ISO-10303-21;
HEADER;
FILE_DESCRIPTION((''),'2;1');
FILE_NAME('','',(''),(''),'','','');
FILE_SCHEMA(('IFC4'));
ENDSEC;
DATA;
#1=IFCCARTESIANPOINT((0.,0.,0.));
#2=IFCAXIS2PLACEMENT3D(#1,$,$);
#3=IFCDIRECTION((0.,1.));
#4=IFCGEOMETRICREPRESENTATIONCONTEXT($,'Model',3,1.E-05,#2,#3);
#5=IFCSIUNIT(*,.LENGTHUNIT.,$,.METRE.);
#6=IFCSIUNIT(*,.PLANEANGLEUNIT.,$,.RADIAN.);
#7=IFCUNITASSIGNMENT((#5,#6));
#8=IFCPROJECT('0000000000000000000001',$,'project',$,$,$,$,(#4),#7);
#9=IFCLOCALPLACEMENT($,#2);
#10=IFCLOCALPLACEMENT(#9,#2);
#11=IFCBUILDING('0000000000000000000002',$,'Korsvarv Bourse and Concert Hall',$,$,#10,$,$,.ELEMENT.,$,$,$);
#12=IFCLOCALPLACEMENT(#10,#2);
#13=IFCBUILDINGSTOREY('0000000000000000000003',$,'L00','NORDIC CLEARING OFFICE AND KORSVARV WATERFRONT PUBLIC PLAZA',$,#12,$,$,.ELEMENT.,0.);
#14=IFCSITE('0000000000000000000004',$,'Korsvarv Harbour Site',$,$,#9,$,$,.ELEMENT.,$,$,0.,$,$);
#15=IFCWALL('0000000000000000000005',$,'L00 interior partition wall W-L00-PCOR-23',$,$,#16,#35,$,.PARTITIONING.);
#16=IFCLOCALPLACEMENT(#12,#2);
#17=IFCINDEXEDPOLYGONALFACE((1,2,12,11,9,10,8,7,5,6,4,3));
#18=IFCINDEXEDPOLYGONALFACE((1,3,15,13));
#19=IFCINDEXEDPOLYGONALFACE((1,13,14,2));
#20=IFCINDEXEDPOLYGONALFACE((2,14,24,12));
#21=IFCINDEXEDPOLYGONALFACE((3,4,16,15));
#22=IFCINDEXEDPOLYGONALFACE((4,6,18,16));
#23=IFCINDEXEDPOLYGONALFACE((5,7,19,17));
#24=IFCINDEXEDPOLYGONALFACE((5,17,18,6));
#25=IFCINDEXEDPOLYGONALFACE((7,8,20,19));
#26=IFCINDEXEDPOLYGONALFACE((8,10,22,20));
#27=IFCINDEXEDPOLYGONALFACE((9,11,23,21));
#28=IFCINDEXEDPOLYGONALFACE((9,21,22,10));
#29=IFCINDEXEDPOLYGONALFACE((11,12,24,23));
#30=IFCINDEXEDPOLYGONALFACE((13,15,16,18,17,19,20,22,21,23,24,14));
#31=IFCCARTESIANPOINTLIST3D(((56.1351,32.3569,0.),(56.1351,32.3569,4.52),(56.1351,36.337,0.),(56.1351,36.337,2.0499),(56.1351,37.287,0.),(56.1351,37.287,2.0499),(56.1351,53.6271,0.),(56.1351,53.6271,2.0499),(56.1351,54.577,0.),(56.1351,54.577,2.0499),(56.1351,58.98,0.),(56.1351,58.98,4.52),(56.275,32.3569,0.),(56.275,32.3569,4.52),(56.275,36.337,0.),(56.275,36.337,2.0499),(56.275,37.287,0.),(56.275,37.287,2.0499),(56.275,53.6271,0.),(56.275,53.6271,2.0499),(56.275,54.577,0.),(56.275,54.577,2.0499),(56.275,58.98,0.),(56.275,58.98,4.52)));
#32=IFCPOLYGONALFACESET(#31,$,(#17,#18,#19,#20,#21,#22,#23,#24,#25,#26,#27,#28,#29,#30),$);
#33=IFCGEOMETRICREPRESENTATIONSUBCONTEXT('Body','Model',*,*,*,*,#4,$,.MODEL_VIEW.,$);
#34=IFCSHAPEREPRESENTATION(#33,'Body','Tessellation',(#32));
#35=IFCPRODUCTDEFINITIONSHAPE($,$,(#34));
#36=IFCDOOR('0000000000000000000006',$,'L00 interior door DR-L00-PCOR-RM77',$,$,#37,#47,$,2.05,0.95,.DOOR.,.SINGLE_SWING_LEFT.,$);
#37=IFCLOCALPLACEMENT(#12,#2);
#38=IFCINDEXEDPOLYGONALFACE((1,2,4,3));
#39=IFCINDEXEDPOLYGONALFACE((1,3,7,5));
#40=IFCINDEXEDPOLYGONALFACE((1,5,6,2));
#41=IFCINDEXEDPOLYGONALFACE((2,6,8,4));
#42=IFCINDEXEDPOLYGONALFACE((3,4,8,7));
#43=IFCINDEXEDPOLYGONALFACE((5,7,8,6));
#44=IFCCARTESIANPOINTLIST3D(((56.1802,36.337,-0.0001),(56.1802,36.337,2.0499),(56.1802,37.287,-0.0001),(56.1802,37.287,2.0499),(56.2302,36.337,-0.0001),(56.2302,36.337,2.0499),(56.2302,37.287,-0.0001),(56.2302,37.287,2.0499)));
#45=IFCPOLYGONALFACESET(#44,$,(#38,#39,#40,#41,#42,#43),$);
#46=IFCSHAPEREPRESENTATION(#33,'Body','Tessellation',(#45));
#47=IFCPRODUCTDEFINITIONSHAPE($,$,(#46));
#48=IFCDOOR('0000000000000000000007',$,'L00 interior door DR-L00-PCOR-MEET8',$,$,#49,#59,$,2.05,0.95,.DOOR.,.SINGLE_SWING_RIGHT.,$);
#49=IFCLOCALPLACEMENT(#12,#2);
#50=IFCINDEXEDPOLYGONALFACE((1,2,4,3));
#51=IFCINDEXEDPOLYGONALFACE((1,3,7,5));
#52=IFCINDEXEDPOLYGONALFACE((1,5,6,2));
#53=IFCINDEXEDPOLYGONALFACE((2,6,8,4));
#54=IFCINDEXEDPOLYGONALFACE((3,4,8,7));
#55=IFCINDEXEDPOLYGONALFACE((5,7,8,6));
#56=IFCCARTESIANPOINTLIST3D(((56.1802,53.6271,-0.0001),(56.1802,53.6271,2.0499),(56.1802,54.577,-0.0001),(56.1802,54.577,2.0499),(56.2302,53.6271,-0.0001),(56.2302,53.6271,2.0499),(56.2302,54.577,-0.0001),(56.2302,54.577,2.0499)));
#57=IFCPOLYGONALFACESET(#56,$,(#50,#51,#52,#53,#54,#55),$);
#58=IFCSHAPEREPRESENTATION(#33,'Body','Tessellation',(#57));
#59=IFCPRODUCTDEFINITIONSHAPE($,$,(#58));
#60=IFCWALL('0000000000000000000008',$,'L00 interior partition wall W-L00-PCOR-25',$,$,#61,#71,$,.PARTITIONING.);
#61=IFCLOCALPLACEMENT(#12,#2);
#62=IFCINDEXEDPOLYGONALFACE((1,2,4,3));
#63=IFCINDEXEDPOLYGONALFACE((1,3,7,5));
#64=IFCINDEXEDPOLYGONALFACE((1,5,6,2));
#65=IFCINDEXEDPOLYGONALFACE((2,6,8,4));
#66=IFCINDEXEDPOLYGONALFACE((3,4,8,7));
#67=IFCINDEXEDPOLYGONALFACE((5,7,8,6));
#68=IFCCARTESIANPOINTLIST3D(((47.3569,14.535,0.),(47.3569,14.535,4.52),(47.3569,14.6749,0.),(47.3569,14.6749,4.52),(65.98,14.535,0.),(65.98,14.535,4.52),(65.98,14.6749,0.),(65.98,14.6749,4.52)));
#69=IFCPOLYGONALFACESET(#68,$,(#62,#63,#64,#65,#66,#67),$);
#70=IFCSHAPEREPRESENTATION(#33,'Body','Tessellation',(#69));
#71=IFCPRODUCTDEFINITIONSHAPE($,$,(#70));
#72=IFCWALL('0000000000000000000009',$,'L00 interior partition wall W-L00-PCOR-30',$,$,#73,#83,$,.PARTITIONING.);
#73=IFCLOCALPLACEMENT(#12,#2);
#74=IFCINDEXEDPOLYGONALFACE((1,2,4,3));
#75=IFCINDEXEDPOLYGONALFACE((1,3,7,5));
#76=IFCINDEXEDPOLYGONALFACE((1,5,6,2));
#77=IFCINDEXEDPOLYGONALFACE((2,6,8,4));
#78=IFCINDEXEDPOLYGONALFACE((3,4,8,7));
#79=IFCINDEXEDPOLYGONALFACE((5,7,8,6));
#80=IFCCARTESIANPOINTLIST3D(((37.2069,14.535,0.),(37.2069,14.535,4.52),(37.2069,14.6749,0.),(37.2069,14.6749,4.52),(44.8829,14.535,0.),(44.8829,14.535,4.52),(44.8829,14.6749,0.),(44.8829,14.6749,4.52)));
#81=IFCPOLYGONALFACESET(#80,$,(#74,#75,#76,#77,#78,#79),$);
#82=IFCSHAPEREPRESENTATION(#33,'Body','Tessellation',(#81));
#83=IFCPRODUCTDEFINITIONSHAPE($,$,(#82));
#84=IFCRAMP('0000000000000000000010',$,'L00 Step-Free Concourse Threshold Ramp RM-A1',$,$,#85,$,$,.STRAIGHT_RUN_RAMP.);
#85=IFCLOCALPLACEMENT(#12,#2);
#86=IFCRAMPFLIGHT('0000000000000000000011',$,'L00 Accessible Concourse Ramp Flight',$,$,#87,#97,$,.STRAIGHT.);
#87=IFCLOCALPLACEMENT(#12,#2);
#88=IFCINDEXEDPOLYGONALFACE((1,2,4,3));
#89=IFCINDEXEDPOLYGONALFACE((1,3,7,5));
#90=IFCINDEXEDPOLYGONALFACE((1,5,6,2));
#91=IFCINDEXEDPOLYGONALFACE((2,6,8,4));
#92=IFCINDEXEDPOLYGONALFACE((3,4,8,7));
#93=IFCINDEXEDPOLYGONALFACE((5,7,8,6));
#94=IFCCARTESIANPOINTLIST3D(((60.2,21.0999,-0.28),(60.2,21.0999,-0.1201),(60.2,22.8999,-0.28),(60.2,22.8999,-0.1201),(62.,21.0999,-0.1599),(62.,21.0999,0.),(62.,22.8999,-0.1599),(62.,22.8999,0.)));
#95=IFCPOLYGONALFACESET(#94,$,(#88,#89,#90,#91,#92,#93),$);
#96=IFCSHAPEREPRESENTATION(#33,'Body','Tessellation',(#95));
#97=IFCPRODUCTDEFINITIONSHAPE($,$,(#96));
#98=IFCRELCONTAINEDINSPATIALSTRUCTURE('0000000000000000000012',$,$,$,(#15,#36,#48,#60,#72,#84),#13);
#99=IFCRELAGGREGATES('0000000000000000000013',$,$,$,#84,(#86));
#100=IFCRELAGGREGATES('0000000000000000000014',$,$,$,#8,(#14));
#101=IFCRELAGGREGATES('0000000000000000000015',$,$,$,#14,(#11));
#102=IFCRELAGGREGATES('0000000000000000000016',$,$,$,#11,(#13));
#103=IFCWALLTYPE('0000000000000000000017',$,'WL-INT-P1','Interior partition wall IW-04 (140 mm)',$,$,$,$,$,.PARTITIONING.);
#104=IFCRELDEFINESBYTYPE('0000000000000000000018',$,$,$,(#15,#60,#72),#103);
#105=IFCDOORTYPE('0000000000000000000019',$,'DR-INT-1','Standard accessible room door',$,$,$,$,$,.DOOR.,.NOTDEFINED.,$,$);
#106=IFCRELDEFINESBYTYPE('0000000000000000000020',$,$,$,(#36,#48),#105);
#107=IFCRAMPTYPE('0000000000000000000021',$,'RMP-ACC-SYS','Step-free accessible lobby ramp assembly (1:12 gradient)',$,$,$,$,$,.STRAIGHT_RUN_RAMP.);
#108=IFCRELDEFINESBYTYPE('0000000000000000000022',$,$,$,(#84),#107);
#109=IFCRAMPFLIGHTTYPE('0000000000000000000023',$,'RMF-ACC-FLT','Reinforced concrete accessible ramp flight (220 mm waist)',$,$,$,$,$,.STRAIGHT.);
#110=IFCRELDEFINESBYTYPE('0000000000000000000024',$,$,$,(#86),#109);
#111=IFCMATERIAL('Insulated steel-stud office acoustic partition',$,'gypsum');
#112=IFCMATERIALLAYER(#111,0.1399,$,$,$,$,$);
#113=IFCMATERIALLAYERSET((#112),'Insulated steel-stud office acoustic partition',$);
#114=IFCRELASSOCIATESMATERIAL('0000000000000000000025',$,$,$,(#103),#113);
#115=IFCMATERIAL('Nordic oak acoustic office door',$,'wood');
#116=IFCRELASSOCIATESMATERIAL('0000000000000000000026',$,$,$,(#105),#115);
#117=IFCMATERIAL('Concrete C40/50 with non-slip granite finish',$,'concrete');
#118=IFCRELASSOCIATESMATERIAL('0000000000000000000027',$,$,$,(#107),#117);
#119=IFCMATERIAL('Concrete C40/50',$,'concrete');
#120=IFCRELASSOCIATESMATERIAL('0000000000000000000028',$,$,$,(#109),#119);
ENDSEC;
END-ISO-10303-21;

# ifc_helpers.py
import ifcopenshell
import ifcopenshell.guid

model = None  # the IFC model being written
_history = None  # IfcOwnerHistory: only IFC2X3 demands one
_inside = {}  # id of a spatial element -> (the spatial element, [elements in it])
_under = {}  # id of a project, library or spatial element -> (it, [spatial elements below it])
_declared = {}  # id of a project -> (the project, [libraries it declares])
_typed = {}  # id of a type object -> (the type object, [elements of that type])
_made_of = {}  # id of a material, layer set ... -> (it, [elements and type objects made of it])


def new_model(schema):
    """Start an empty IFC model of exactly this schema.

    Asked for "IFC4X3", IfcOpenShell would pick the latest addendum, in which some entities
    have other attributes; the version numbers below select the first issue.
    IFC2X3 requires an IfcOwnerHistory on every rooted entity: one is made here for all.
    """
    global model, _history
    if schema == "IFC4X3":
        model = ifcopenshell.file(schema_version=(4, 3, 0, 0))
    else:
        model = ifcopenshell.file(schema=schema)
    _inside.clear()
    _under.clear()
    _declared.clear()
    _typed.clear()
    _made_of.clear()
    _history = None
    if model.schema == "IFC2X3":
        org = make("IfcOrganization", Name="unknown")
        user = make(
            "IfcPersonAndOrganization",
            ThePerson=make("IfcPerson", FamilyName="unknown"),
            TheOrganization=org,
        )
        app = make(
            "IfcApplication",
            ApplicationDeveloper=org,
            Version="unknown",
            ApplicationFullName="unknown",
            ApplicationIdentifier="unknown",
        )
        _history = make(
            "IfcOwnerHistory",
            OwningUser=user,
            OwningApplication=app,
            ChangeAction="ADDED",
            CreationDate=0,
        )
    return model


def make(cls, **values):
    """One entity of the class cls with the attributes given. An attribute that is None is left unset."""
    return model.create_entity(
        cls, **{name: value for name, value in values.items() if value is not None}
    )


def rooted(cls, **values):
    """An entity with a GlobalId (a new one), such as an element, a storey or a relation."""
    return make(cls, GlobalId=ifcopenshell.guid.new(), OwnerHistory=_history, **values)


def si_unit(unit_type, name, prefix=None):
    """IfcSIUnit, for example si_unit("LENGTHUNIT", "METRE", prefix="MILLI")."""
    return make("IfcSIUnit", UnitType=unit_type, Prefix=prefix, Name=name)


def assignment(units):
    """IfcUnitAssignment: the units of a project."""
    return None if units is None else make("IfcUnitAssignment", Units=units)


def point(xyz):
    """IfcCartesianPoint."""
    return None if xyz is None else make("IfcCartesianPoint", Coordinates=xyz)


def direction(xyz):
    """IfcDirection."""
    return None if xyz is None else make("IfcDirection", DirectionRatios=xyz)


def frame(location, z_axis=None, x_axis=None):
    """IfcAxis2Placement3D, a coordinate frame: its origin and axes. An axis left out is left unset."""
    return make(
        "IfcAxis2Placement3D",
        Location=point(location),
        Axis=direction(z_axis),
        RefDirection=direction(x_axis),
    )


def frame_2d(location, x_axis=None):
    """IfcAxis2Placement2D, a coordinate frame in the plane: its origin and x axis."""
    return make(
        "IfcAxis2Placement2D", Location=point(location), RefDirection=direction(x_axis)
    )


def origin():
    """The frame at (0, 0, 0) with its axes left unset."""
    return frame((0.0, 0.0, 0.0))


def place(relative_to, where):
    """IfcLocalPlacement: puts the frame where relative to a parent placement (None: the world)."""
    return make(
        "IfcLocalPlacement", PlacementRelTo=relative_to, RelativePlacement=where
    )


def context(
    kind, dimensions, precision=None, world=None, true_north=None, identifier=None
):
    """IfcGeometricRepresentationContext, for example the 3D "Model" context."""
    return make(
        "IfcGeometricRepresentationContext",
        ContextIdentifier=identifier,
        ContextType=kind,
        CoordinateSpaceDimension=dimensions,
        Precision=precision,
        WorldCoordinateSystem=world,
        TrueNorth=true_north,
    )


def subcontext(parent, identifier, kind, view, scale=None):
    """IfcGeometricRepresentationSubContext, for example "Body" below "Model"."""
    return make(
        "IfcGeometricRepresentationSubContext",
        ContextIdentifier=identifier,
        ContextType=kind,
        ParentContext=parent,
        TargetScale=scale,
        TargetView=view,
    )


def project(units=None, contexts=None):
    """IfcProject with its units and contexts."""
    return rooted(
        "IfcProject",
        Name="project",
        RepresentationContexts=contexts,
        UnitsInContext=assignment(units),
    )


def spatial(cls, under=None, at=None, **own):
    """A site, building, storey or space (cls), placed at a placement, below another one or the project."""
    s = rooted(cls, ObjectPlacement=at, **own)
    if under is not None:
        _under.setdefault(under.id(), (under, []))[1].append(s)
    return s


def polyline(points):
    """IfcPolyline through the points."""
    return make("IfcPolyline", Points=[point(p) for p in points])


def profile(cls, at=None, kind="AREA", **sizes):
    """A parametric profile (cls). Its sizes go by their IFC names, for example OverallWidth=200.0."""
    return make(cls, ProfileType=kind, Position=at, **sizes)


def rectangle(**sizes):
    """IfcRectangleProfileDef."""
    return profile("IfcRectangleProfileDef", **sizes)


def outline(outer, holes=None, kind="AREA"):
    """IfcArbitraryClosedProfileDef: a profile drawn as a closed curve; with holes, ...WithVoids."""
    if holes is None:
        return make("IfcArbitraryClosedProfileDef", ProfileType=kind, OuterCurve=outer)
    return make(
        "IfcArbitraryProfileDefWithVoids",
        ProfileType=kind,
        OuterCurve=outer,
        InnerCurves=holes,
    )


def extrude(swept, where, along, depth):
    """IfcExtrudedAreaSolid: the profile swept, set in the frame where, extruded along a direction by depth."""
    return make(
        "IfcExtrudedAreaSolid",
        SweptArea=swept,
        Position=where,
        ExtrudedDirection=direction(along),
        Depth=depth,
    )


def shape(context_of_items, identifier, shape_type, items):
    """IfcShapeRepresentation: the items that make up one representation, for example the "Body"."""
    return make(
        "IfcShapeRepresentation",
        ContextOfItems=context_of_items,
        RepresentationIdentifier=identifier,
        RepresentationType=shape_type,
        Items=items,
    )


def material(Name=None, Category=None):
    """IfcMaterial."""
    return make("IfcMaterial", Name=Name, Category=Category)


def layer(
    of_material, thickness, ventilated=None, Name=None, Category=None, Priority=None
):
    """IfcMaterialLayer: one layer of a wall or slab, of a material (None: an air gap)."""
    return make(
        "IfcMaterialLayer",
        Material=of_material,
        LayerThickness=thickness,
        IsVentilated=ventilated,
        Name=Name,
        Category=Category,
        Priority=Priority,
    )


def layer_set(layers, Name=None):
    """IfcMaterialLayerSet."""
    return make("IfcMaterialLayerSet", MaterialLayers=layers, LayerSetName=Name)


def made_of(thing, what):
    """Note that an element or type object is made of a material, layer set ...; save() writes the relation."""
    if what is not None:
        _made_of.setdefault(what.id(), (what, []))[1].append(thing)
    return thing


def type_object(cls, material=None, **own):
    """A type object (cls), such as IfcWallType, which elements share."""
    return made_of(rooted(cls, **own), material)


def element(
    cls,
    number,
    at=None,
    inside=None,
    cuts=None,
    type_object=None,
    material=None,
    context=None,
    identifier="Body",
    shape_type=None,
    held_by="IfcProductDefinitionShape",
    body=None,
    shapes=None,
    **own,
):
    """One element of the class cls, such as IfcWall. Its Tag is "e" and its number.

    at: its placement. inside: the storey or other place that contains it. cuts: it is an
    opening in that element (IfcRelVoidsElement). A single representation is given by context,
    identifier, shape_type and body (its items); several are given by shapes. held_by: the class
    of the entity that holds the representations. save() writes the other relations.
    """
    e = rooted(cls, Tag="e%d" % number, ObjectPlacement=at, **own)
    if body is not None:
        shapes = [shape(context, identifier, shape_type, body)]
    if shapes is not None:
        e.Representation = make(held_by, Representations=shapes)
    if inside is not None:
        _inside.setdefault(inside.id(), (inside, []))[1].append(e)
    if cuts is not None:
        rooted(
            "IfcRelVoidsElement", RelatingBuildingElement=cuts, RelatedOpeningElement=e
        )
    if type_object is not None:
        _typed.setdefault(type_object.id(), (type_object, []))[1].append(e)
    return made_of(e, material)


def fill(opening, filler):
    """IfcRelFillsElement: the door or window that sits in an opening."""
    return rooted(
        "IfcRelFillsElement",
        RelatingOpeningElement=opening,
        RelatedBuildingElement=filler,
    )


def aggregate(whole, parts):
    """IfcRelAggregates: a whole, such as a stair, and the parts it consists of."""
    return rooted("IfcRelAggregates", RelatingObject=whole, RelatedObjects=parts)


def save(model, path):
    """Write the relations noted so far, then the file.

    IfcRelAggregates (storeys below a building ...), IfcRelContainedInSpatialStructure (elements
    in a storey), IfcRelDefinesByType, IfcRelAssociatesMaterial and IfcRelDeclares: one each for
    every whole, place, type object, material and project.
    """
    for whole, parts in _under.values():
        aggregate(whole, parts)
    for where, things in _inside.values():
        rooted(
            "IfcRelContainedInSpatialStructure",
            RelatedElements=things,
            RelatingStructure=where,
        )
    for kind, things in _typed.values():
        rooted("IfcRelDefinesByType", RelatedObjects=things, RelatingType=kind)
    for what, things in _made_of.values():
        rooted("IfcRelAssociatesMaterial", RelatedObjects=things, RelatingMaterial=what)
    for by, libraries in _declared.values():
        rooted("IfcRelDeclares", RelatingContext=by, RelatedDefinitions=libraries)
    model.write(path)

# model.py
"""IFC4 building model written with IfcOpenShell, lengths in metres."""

from ifc_helpers import new_model, si_unit, direction, frame, frame_2d, origin, place, context, subcontext, project, spatial, polyline, rectangle, outline, extrude, material, layer, layer_set, type_object, element, fill, aggregate, save


model = new_model("IFC4")

# Units and contexts
model_context = context("Model", 3, precision=1e-05, world=origin(), true_north=direction((0.0, 1.0)))
body_context = subcontext(model_context, "Body", "Model", "MODEL_VIEW")
ifc_project = project(units=[si_unit("LENGTHUNIT", "METRE"), si_unit("PLANEANGLEUNIT", "RADIAN")], contexts=[model_context])

# Site, building, storey
site_placement = place(None, origin())
site = spatial("IfcSite", under=ifc_project, at=site_placement, Name="Korsvarv Harbour Site", CompositionType="ELEMENT", RefElevation=0.0)
building_placement = place(site_placement, origin())
building = spatial("IfcBuilding", under=site, at=building_placement, Name="Korsvarv Bourse and Concert Hall", CompositionType="ELEMENT")
storey_placement = place(building_placement, origin())
storey = spatial("IfcBuildingStorey", under=building, at=storey_placement, Name="L00", Description="NORDIC CLEARING OFFICE AND KORSVARV WATERFRONT PUBLIC PLAZA", CompositionType="ELEMENT", Elevation=0.0)

# Wall, openings, doors
ifc_material_1 = material(Name="Insulated steel-stud office acoustic partition", Category="gypsum")
ifc_layer_1 = layer(ifc_material_1, 0.1399)
ifc_layer_set_1 = layer_set([ifc_layer_1], Name="Insulated steel-stud office acoustic partition")
wall_type_1 = type_object("IfcWallType", Name="WL-INT-P1", Description="Interior partition wall IW-04 (140 mm)", PredefinedType="PARTITIONING", material=ifc_layer_set_1)
ifc_material_2 = material(Name="Nordic oak acoustic office door", Category="wood")
door_type_1 = type_object("IfcDoorType", Name="DR-INT-1", Description="Standard accessible room door", OperationType="NOTDEFINED", PredefinedType="DOOR", material=ifc_material_2)
wall_1_placement = place(storey_placement, frame((56.2051, 32.3569, 0.0), z_axis=(0.0, 0.0, 1.0), x_axis=(0.0, 1.0, 0.0)))
wall_1 = element("IfcWall", 1, at=wall_1_placement, inside=storey, type_object=wall_type_1, Name="L00 interior partition wall W-L00-PCOR-23", PredefinedType="PARTITIONING", context=body_context, shape_type="SweptSolid", body=[
    extrude(rectangle(XDim=26.623, YDim=0.1399, at=frame_2d((13.3115, 0.0))), origin(), (0.0, 0.0, 1.0), 4.52),
])
opening_1_placement = place(wall_1_placement, frame((3.98, 0.0, 0.0)))
opening_1 = element("IfcOpeningElement", 2, at=opening_1_placement, cuts=wall_1, PredefinedType="OPENING", context=body_context, shape_type="SweptSolid", body=[
    extrude(rectangle(XDim=0.95, YDim=2.05, at=frame_2d((0.4751, 1.0249))), frame((0.0, 0.0801, 0.0), z_axis=(0.0, -1.0, 0.0), x_axis=(1.0, 0.0, 0.0)), (0.0, 0.0, 1.0), 0.1599),
])
opening_2_placement = place(wall_1_placement, frame((21.27, 0.0, 0.0)))
opening_2 = element("IfcOpeningElement", 3, at=opening_2_placement, cuts=wall_1, PredefinedType="OPENING", context=body_context, shape_type="SweptSolid", body=[
    extrude(rectangle(XDim=0.95, YDim=2.05, at=frame_2d((0.4751, 1.0249))), frame((0.0, 0.0801, 0.0), z_axis=(0.0, -1.0, 0.0), x_axis=(1.0, 0.0, 0.0)), (0.0, 0.0, 1.0), 0.1599),
])
door_1_placement = place(opening_1_placement, origin())
door_1 = element("IfcDoor", 4, at=door_1_placement, inside=storey, type_object=door_type_1, Name="L00 interior door DR-L00-PCOR-RM77", OperationType="SINGLE_SWING_LEFT", OverallHeight=2.05, OverallWidth=0.95, PredefinedType="DOOR", context=body_context, shape_type="SweptSolid", body=[
    extrude(rectangle(XDim=0.95, YDim=2.05, at=frame_2d((0.4751, 1.0249))), frame((0.0, 0.0249, 0.0), z_axis=(0.0, -1.0, 0.0), x_axis=(1.0, 0.0, 0.0)), (0.0, 0.0, 1.0), 0.05),
])
fill(opening_1, door_1)
door_2_placement = place(opening_2_placement, origin())
door_2 = element("IfcDoor", 5, at=door_2_placement, inside=storey, type_object=door_type_1, Name="L00 interior door DR-L00-PCOR-MEET8", OperationType="SINGLE_SWING_RIGHT", OverallHeight=2.05, OverallWidth=0.95, PredefinedType="DOOR", context=body_context, shape_type="SweptSolid", body=[
    extrude(rectangle(XDim=0.95, YDim=2.05, at=frame_2d((0.4751, 1.0249))), frame((0.0, 0.0249, 0.0), z_axis=(0.0, -1.0, 0.0), x_axis=(1.0, 0.0, 0.0)), (0.0, 0.0, 1.0), 0.05),
])
fill(opening_2, door_2)

# Walls
wall_2_placement = place(storey_placement, frame((47.3569, 14.605, 0.0), z_axis=(0.0, 0.0, 1.0), x_axis=(1.0, 0.0, 0.0)))
element("IfcWall", 6, at=wall_2_placement, inside=storey, type_object=wall_type_1, Name="L00 interior partition wall W-L00-PCOR-25", PredefinedType="PARTITIONING", context=body_context, shape_type="SweptSolid", body=[
    extrude(rectangle(XDim=18.623, YDim=0.1399, at=frame_2d((9.3115, 0.0))), origin(), (0.0, 0.0, 1.0), 4.52),
])
wall_3_placement = place(storey_placement, frame((37.207, 14.605, 0.0), z_axis=(0.0, 0.0, 1.0), x_axis=(1.0, 0.0, 0.0)))
element("IfcWall", 7, at=wall_3_placement, inside=storey, type_object=wall_type_1, Name="L00 interior partition wall W-L00-PCOR-30", PredefinedType="PARTITIONING", context=body_context, shape_type="SweptSolid", body=[
    extrude(rectangle(XDim=7.676, YDim=0.1399, at=frame_2d((3.8379, 0.0))), origin(), (0.0, 0.0, 1.0), 4.52),
])

# Ramp, ramp flight
ifc_material_3 = material(Name="Concrete C40/50 with non-slip granite finish", Category="concrete")
ramp_type = type_object("IfcRampType", Name="RMP-ACC-SYS", Description="Step-free accessible lobby ramp assembly (1:12 gradient)", PredefinedType="STRAIGHT_RUN_RAMP", material=ifc_material_3)
ramp_placement = place(storey_placement, origin())
ramp = element("IfcRamp", 8, at=ramp_placement, inside=storey, type_object=ramp_type, Name="L00 Step-Free Concourse Threshold Ramp RM-A1", PredefinedType="STRAIGHT_RUN_RAMP")
ifc_material_4 = material(Name="Concrete C40/50", Category="concrete")
ramp_flight_type = type_object("IfcRampFlightType", Name="RMF-ACC-FLT", Description="Reinforced concrete accessible ramp flight (220 mm waist)", PredefinedType="STRAIGHT", material=ifc_material_4)
ramp_flight_placement = place(storey_placement, frame((60.2, 22.0, -0.1201), z_axis=(0.0, 0.0, 1.0), x_axis=(1.0, 0.0, 0.0)))
ramp_flight = element("IfcRampFlight", 9, at=ramp_flight_placement, type_object=ramp_flight_type, Name="L00 Accessible Concourse Ramp Flight", PredefinedType="STRAIGHT", context=body_context, shape_type="SweptSolid", body=[
    extrude(outline(polyline([(0.0, 0.0), (0.0, -0.1599), (1.8, -0.0398), (1.8, 0.1201), (0.0, 0.0)])), frame((0.0, 0.8999, 0.0), z_axis=(0.0, -1.0, 0.0), x_axis=(1.0, 0.0, 0.0)), (0.0, 0.0, 1.0), 1.8),
])
aggregate(ramp, [ramp_flight])

save(model, "model.ifc")
